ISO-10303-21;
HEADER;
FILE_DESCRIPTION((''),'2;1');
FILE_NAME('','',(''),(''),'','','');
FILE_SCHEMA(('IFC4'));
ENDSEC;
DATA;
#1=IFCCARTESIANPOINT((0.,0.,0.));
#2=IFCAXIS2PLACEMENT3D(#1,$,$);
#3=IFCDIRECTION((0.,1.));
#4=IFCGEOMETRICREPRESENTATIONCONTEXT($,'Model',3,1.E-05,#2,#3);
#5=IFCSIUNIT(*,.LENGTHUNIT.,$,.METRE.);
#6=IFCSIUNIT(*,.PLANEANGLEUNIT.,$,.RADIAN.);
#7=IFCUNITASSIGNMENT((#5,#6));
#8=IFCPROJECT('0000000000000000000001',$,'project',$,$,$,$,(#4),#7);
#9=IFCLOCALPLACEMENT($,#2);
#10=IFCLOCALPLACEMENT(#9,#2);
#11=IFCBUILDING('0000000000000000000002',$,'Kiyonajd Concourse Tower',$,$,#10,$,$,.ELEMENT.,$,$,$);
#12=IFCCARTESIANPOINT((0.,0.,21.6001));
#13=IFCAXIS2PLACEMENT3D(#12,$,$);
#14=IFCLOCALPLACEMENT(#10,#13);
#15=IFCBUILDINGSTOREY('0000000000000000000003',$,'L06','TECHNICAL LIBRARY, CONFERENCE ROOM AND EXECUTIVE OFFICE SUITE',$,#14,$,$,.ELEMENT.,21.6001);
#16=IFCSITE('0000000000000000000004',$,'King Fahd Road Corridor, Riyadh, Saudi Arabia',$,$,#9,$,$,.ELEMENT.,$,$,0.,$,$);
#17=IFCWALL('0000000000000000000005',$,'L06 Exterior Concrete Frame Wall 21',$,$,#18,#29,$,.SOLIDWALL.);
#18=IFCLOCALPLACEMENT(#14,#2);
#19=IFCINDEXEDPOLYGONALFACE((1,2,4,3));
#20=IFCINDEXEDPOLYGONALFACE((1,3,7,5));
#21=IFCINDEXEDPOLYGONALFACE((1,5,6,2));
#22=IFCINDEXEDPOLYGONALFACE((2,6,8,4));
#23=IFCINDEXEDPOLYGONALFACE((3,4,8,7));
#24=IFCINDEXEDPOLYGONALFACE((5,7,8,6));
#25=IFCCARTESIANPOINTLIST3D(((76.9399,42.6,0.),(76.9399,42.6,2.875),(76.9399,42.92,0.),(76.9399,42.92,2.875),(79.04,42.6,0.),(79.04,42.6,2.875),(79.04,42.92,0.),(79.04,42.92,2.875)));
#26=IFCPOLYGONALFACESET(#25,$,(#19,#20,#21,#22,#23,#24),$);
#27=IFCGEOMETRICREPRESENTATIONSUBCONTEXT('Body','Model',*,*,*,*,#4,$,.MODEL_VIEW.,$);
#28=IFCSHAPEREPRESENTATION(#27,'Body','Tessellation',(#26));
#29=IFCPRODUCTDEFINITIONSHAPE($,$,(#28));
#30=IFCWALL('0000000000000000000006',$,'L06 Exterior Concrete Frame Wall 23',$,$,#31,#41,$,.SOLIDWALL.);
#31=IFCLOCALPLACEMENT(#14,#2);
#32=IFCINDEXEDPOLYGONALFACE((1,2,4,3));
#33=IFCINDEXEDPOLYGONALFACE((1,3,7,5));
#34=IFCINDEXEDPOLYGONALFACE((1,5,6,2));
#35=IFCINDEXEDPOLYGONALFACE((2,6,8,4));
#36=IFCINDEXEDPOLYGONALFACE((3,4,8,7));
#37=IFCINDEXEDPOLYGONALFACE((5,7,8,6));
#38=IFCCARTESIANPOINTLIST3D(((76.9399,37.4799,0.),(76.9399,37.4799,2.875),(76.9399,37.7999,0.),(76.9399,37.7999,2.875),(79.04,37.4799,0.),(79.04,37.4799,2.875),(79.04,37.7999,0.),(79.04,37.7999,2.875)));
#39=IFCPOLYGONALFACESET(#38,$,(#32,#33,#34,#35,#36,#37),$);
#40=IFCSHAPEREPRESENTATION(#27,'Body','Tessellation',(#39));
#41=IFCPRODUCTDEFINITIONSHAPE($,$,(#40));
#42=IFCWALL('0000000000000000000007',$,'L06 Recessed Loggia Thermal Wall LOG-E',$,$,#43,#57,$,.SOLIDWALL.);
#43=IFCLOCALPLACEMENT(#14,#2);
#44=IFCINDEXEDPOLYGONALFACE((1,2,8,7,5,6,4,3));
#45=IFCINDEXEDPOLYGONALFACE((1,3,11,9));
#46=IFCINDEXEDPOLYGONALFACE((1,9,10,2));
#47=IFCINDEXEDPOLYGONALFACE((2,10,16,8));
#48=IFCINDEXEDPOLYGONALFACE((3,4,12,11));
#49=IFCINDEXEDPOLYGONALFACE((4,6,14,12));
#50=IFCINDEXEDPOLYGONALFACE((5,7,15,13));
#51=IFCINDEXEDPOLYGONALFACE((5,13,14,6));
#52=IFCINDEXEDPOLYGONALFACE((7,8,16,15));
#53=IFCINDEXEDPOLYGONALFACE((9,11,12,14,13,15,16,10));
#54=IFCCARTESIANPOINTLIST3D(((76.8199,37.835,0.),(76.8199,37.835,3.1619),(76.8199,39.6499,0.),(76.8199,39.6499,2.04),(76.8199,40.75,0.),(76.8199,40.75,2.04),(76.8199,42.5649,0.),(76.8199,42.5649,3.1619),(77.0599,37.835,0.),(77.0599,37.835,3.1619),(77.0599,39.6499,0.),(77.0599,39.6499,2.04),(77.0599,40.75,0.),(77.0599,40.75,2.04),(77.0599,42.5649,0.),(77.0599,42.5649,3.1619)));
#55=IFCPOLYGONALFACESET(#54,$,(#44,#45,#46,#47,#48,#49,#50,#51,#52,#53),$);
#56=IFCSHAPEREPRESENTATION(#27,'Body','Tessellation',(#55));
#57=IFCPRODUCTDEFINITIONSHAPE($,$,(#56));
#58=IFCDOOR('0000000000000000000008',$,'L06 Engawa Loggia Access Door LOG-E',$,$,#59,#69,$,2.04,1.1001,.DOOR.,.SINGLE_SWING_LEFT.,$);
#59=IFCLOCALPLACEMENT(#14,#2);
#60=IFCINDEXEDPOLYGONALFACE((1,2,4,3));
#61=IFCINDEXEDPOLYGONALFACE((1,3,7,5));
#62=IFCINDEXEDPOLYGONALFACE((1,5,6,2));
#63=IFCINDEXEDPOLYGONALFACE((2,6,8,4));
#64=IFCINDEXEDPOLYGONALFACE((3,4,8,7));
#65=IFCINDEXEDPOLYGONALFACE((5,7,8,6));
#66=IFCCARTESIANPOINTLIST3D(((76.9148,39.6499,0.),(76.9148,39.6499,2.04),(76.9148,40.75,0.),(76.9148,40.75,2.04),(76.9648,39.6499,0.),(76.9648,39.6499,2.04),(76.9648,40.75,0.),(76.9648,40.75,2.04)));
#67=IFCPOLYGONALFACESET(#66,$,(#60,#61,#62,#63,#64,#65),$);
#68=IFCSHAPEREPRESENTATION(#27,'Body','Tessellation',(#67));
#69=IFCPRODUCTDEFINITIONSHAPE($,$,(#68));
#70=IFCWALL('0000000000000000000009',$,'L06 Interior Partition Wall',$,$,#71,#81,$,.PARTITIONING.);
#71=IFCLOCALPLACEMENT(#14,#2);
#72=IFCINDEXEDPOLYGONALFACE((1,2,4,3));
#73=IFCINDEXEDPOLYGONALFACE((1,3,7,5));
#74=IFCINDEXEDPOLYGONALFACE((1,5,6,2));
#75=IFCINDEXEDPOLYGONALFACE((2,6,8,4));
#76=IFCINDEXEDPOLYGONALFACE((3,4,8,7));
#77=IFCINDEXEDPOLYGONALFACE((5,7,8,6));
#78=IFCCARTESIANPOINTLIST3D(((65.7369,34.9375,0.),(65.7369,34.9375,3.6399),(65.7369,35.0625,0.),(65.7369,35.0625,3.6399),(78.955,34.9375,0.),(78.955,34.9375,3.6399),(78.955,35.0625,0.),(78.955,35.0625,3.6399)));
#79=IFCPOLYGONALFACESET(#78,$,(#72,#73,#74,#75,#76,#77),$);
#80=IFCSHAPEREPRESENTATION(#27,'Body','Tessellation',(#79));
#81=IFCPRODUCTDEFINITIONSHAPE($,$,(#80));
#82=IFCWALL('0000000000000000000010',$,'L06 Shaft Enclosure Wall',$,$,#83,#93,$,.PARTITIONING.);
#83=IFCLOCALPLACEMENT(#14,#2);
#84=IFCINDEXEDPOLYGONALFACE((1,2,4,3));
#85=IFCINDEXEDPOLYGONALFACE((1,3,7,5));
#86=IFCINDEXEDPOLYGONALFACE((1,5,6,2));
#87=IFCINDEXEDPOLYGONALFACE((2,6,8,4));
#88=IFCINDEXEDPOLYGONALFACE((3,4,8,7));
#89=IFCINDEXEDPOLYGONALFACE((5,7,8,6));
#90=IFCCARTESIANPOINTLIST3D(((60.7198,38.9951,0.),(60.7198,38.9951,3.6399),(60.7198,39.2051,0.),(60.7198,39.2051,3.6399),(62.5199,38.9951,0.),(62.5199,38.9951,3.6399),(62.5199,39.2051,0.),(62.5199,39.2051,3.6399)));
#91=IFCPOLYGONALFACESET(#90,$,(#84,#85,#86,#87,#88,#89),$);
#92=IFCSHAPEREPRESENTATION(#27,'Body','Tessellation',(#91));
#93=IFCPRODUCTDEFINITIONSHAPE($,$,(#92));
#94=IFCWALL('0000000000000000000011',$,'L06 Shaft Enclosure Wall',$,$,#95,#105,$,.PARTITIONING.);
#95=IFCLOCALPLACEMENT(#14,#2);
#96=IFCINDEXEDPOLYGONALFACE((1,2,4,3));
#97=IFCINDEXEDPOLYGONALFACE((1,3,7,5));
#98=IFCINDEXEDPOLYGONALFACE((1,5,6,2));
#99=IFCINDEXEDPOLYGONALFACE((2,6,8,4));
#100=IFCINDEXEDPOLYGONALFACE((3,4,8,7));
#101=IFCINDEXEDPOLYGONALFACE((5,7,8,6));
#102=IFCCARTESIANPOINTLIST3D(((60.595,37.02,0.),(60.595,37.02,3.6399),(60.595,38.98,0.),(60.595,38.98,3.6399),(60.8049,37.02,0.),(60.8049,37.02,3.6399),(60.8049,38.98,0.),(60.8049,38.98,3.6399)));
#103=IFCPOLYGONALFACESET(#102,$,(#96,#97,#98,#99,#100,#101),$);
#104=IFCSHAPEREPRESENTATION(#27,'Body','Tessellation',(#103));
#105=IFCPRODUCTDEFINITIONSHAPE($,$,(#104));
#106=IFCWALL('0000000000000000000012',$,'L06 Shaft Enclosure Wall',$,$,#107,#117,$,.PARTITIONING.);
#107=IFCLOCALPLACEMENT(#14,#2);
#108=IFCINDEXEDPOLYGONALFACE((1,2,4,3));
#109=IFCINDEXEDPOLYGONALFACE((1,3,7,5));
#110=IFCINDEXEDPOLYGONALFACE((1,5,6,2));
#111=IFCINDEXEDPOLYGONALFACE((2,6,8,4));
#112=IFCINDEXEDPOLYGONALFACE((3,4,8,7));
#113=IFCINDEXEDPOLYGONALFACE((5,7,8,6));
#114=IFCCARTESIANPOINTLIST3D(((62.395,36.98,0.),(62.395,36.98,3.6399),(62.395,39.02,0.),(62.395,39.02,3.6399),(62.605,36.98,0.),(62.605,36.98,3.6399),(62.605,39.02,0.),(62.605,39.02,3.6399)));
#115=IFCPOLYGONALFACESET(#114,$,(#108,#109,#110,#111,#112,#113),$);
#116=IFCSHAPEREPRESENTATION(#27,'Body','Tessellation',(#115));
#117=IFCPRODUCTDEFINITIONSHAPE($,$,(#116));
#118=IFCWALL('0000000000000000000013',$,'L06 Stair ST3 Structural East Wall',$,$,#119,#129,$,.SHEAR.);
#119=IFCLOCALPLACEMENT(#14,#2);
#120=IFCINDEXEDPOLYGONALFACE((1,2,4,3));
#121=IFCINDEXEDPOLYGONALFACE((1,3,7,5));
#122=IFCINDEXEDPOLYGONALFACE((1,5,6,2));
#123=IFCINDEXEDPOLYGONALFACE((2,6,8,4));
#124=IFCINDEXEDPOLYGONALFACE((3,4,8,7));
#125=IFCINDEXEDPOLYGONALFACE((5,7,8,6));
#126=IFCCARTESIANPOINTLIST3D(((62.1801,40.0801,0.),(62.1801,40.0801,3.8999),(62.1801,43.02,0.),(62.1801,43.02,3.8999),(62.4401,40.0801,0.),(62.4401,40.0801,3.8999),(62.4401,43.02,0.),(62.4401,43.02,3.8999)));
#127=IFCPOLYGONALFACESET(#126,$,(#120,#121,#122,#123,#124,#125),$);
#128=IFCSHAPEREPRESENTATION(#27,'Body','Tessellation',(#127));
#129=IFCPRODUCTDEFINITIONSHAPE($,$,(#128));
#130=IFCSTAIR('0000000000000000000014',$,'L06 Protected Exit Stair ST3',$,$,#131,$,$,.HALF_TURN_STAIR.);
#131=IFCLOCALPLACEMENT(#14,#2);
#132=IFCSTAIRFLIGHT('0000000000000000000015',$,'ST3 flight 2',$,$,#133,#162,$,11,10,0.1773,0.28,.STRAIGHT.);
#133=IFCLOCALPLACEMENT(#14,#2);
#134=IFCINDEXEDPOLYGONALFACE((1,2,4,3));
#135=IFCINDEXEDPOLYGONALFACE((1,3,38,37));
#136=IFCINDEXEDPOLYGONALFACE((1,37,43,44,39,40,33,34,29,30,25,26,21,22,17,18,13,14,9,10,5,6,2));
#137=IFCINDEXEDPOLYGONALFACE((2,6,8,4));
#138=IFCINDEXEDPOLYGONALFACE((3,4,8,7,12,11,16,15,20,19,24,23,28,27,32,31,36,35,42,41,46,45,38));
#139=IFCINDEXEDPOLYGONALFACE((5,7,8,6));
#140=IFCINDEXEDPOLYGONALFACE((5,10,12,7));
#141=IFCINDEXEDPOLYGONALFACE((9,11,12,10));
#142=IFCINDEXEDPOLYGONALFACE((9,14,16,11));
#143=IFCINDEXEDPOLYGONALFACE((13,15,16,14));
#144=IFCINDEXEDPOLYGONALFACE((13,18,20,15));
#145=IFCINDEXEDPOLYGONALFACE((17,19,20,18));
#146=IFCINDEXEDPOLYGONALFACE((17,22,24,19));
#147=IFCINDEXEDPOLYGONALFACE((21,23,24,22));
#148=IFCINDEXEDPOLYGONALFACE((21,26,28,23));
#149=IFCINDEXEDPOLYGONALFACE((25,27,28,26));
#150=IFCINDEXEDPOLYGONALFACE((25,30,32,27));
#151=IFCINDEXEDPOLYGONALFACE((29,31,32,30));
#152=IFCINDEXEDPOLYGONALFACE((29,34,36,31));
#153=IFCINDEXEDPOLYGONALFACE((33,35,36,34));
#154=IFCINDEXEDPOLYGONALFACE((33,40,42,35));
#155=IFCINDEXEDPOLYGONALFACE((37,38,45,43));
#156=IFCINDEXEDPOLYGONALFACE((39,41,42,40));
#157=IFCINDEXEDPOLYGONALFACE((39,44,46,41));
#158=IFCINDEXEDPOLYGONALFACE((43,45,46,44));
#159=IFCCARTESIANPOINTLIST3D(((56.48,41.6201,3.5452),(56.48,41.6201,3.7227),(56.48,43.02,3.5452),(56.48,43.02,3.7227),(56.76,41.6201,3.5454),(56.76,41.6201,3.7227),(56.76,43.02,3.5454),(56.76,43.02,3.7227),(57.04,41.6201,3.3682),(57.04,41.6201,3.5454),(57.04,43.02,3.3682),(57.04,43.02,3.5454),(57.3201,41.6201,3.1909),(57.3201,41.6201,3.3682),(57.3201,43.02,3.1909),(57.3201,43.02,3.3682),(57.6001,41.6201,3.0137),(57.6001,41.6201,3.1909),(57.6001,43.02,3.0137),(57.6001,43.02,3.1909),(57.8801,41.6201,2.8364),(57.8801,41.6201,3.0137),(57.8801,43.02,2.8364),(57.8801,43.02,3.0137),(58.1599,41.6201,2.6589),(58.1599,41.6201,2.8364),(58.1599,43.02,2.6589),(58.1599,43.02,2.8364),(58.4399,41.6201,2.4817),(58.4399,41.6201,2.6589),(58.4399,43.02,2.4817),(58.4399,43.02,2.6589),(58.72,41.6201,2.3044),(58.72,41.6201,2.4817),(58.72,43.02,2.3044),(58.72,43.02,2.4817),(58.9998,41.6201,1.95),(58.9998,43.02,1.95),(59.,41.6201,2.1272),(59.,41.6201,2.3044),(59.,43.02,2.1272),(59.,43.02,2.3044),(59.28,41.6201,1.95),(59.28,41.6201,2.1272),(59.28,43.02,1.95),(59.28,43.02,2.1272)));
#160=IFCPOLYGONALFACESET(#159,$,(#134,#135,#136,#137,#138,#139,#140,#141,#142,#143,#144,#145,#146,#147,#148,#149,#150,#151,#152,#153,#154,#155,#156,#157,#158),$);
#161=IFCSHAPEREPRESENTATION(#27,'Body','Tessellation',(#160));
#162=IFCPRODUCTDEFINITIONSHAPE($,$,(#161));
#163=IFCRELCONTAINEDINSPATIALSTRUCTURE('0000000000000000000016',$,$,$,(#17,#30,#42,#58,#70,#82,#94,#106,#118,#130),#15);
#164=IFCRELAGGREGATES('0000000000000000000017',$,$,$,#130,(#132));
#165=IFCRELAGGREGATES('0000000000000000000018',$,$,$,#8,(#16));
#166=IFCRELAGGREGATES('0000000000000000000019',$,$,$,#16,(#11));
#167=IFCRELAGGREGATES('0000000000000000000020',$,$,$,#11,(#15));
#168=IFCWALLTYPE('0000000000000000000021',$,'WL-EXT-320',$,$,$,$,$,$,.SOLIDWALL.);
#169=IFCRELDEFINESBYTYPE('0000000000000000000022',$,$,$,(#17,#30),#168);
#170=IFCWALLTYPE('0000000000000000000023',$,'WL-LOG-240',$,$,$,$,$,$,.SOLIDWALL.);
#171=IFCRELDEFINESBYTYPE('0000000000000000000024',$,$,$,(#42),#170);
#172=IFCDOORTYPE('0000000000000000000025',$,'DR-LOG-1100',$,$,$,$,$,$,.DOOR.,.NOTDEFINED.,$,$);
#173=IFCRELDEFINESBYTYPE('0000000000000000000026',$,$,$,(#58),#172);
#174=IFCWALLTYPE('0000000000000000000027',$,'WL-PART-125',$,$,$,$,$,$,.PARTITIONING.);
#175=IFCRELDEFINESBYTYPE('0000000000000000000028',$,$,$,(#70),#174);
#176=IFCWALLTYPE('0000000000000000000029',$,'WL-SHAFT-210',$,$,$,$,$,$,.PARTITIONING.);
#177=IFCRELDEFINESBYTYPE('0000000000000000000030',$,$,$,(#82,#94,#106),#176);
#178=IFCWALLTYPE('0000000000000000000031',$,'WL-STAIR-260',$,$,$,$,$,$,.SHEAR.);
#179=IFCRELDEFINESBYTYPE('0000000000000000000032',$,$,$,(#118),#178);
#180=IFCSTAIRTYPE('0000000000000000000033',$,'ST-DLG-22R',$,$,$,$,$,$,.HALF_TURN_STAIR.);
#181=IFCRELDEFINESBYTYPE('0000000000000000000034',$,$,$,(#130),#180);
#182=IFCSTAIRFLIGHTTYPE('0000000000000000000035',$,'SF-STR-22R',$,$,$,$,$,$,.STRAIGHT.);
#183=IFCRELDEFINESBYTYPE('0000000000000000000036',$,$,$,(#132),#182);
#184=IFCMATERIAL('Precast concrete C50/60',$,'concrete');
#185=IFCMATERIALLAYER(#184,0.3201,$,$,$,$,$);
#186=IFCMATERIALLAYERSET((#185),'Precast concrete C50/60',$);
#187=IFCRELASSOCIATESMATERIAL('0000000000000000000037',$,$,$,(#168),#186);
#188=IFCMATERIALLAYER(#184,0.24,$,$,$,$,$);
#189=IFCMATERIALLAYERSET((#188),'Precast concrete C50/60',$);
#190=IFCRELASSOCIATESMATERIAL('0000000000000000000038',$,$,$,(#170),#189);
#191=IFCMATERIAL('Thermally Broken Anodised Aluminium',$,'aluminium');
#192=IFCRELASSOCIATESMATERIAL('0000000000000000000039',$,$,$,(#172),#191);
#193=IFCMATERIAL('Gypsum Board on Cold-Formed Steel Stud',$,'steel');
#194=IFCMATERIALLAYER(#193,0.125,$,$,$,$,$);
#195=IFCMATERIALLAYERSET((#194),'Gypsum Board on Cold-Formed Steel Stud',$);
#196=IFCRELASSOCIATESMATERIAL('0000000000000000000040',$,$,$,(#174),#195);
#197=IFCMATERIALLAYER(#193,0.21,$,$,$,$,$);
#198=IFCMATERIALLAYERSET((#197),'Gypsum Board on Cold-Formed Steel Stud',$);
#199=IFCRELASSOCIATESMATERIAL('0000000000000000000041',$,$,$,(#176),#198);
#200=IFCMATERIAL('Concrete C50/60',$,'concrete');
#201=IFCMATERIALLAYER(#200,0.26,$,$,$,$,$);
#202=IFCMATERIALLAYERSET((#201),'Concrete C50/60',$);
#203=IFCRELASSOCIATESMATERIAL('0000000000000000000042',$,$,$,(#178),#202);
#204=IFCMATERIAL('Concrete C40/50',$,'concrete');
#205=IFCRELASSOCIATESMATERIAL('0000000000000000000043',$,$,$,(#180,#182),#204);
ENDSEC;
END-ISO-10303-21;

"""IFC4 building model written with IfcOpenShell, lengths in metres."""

from ifc_helpers import new_model, si_unit, direction, frame, frame_2d, origin, place, context, subcontext, project, spatial, polyline, rectangle, outline, extrude, material, layer, layer_set, type_object, element, fill, aggregate, save


model = new_model("IFC4")

# Units and contexts
model_context = context("Model", 3, precision=1e-05, world=origin(), true_north=direction((0.0, 1.0)))
body_context = subcontext(model_context, "Body", "Model", "MODEL_VIEW")
ifc_project = project(units=[si_unit("LENGTHUNIT", "METRE"), si_unit("PLANEANGLEUNIT", "RADIAN")], contexts=[model_context])

# Site, building, storey
site_placement = place(None, origin())
site = spatial("IfcSite", under=ifc_project, at=site_placement, Name="King Fahd Road Corridor, Riyadh, Saudi Arabia", CompositionType="ELEMENT", RefElevation=0.0)
building_placement = place(site_placement, origin())
building = spatial("IfcBuilding", under=site, at=building_placement, Name="Kiyonajd Concourse Tower", CompositionType="ELEMENT")
storey_placement = place(building_placement, frame((0.0, 0.0, 21.6001)))
storey = spatial("IfcBuildingStorey", under=building, at=storey_placement, Name="L06", Description="TECHNICAL LIBRARY, CONFERENCE ROOM AND EXECUTIVE OFFICE SUITE", CompositionType="ELEMENT", Elevation=21.6001)

# Shared definitions
ifc_material_1 = material(Name="Precast concrete C50/60", Category="concrete")

# Shared definitions
ifc_material_2 = material(Name="Thermally Broken Anodised Aluminium", Category="aluminium")

# Walls
ifc_layer_1 = layer(ifc_material_1, 0.3201)
ifc_layer_set_1 = layer_set([ifc_layer_1], Name="Precast concrete C50/60")
wall_type_1 = type_object("IfcWallType", Name="WL-EXT-320", PredefinedType="SOLIDWALL", material=ifc_layer_set_1)
for number, where, z_axis, x_axis, name in (
    (1, (79.04, 42.76, 0.0), (0.0, 0.0, 1.0), (-1.0, 0.0, 0.0), "L06 Exterior Concrete Frame Wall 21"),
    (2, (76.9399, 37.6399, 0.0), (0.0, 0.0, 1.0), (1.0, 0.0, 0.0), "L06 Exterior Concrete Frame Wall 23"),
):
    element("IfcWall", number, at=place(storey_placement, frame(where, z_axis=z_axis, x_axis=x_axis)), inside=storey, type_object=wall_type_1, Name=name, PredefinedType="SOLIDWALL", context=body_context, shape_type="SweptSolid", body=[
        extrude(rectangle(XDim=2.1001, YDim=0.3201, at=frame_2d((1.05, 0.0))), origin(), (0.0, 0.0, 1.0), 2.875),
    ])

# Wall, opening, door
ifc_layer_2 = layer(ifc_material_1, 0.24)
ifc_layer_set_2 = layer_set([ifc_layer_2], Name="Precast concrete C50/60")
wall_type_2 = type_object("IfcWallType", Name="WL-LOG-240", PredefinedType="SOLIDWALL", material=ifc_layer_set_2)
wall_1_placement = place(storey_placement, frame((76.9399, 42.5649, 0.0), z_axis=(0.0, 0.0, 1.0), x_axis=(0.0, -1.0, 0.0)))
wall_1 = element("IfcWall", 3, at=wall_1_placement, inside=storey, type_object=wall_type_2, Name="L06 Recessed Loggia Thermal Wall LOG-E", PredefinedType="SOLIDWALL", context=body_context, shape_type="SweptSolid", body=[
    extrude(rectangle(XDim=4.73, YDim=0.24, at=frame_2d((2.365, 0.0))), origin(), (0.0, 0.0, 1.0), 3.1619),
])
opening_placement = place(wall_1_placement, frame((1.8149, 0.0, 0.0)))
opening = element("IfcOpeningElement", 4, at=opening_placement, cuts=wall_1, PredefinedType="OPENING", context=body_context, shape_type="SweptSolid", body=[
    extrude(rectangle(XDim=1.1001, YDim=2.04, at=frame_2d((0.55, 1.02))), frame((0.0, 0.1299, 0.0), z_axis=(0.0, -1.0, 0.0), x_axis=(1.0, 0.0, 0.0)), (0.0, 0.0, 1.0), 0.26),
])
door_type = type_object("IfcDoorType", Name="DR-LOG-1100", OperationType="NOTDEFINED", PredefinedType="DOOR", material=ifc_material_2)
door_placement = place(opening_placement, origin())
door = element("IfcDoor", 5, at=door_placement, inside=storey, type_object=door_type, Name="L06 Engawa Loggia Access Door LOG-E", OperationType="SINGLE_SWING_LEFT", OverallHeight=2.04, OverallWidth=1.1001, PredefinedType="DOOR", context=body_context, shape_type="SweptSolid", body=[
    extrude(rectangle(XDim=1.1001, YDim=2.04, at=frame_2d((0.55, 1.02))), frame((0.0, 0.0249, 0.0), z_axis=(0.0, -1.0, 0.0), x_axis=(1.0, 0.0, 0.0)), (0.0, 0.0, 1.0), 0.05),
])
fill(opening, door)

# Walls
ifc_material_3 = material(Name="Gypsum Board on Cold-Formed Steel Stud", Category="steel")
ifc_layer_3 = layer(ifc_material_3, 0.125)
ifc_layer_set_3 = layer_set([ifc_layer_3], Name="Gypsum Board on Cold-Formed Steel Stud")
wall_type_3 = type_object("IfcWallType", Name="WL-PART-125", PredefinedType="PARTITIONING", material=ifc_layer_set_3)
wall_2_placement = place(storey_placement, frame((65.7371, 35.0, 0.0), z_axis=(0.0, 0.0, 1.0), x_axis=(1.0, 0.0, 0.0)))
element("IfcWall", 6, at=wall_2_placement, inside=storey, type_object=wall_type_3, Name="L06 Interior Partition Wall", PredefinedType="PARTITIONING", context=body_context, shape_type="SweptSolid", body=[
    extrude(rectangle(XDim=13.218, YDim=0.125, at=frame_2d((6.6089, 0.0))), origin(), (0.0, 0.0, 1.0), 3.6399),
])
ifc_layer_4 = layer(ifc_material_3, 0.21)
ifc_layer_set_4 = layer_set([ifc_layer_4], Name="Gypsum Board on Cold-Formed Steel Stud")
wall_type_4 = type_object("IfcWallType", Name="WL-SHAFT-210", PredefinedType="PARTITIONING", material=ifc_layer_set_4)
wall_3_placement = place(storey_placement, frame((60.72, 39.1001, 0.0), z_axis=(0.0, 0.0, 1.0), x_axis=(1.0, 0.0, 0.0)))
element("IfcWall", 7, at=wall_3_placement, inside=storey, type_object=wall_type_4, Name="L06 Shaft Enclosure Wall", PredefinedType="PARTITIONING", context=body_context, shape_type="SweptSolid", body=[
    extrude(rectangle(XDim=1.8, YDim=0.21, at=frame_2d((0.8999, 0.0))), origin(), (0.0, 0.0, 1.0), 3.6399),
])
wall_4_placement = place(storey_placement, frame((60.7, 37.02, 0.0), z_axis=(0.0, 0.0, 1.0), x_axis=(0.0, 1.0, 0.0)))
element("IfcWall", 8, at=wall_4_placement, inside=storey, type_object=wall_type_4, Name="L06 Shaft Enclosure Wall", PredefinedType="PARTITIONING", context=body_context, shape_type="SweptSolid", body=[
    extrude(rectangle(XDim=1.96, YDim=0.21, at=frame_2d((0.98, 0.0))), origin(), (0.0, 0.0, 1.0), 3.6399),
])
wall_5_placement = place(storey_placement, frame((62.5, 36.98, 0.0), z_axis=(0.0, 0.0, 1.0), x_axis=(0.0, 1.0, 0.0)))
element("IfcWall", 9, at=wall_5_placement, inside=storey, type_object=wall_type_4, Name="L06 Shaft Enclosure Wall", PredefinedType="PARTITIONING", context=body_context, shape_type="SweptSolid", body=[
    extrude(rectangle(XDim=2.04, YDim=0.21, at=frame_2d((1.02, 0.0))), origin(), (0.0, 0.0, 1.0), 3.6399),
])
ifc_material_4 = material(Name="Concrete C50/60", Category="concrete")
ifc_layer_5 = layer(ifc_material_4, 0.26)
ifc_layer_set_5 = layer_set([ifc_layer_5], Name="Concrete C50/60")
wall_type_5 = type_object("IfcWallType", Name="WL-STAIR-260", PredefinedType="SHEAR", material=ifc_layer_set_5)
wall_6_placement = place(storey_placement, frame((62.3101, 40.0801, 0.0), z_axis=(0.0, 0.0, 1.0), x_axis=(0.0, 1.0, 0.0)))
element("IfcWall", 10, at=wall_6_placement, inside=storey, type_object=wall_type_5, Name="L06 Stair ST3 Structural East Wall", PredefinedType="SHEAR", context=body_context, shape_type="SweptSolid", body=[
    extrude(rectangle(XDim=2.9399, YDim=0.26, at=frame_2d((1.47, 0.0))), origin(), (0.0, 0.0, 1.0), 3.8999),
])

# Stair, stair flight
ifc_material_5 = material(Name="Concrete C40/50", Category="concrete")
stair_type = type_object("IfcStairType", Name="ST-DLG-22R", PredefinedType="HALF_TURN_STAIR", material=ifc_material_5)
stair_placement = place(storey_placement, origin())
stair = element("IfcStair", 11, at=stair_placement, inside=storey, type_object=stair_type, Name="L06 Protected Exit Stair ST3", PredefinedType="HALF_TURN_STAIR")
stair_flight_type = type_object("IfcStairFlightType", Name="SF-STR-22R", PredefinedType="STRAIGHT", material=ifc_material_5)
stair_flight_placement = place(storey_placement, frame((59.28, 42.3201, 1.95), z_axis=(0.0, 0.0, 1.0), x_axis=(-1.0, 0.0, 0.0)))
stair_flight = element("IfcStairFlight", 12, at=stair_flight_placement, type_object=stair_flight_type, Name="ST3 flight 2", NumberOfRisers=11, NumberOfTreads=10, PredefinedType="STRAIGHT", RiserHeight=0.1773, TreadLength=0.28, context=body_context, shape_type="SweptSolid", body=[
    extrude(outline(polyline([(0.0, 0.0), (0.0, 0.1772), (0.28, 0.1772), (0.28, 0.3545), (0.5601, 0.3545), (0.5601, 0.5317), (0.8401, 0.5317), (0.8401, 0.709), (1.1201, 0.709), (1.1201, 0.8865), (1.3999, 0.8865), (1.3999, 1.0637), (1.6799, 1.0637), (1.6799, 1.241), (1.96, 1.241), (1.96, 1.4182), (2.24, 1.4182), (2.24, 1.5955), (2.52, 1.5955), (2.52, 1.7727), (2.8, 1.7727), (2.8, 1.95), (2.8, 1.5952), (0.2803, 0.0), (0.0, 0.0)])), frame((0.0, 0.7, 0.0), z_axis=(0.0, -1.0, 0.0), x_axis=(1.0, 0.0, 0.0)), (0.0, 0.0, 1.0), 1.3999),
])
aggregate(stair, [stair_flight])

save(model, "model.ifc")
